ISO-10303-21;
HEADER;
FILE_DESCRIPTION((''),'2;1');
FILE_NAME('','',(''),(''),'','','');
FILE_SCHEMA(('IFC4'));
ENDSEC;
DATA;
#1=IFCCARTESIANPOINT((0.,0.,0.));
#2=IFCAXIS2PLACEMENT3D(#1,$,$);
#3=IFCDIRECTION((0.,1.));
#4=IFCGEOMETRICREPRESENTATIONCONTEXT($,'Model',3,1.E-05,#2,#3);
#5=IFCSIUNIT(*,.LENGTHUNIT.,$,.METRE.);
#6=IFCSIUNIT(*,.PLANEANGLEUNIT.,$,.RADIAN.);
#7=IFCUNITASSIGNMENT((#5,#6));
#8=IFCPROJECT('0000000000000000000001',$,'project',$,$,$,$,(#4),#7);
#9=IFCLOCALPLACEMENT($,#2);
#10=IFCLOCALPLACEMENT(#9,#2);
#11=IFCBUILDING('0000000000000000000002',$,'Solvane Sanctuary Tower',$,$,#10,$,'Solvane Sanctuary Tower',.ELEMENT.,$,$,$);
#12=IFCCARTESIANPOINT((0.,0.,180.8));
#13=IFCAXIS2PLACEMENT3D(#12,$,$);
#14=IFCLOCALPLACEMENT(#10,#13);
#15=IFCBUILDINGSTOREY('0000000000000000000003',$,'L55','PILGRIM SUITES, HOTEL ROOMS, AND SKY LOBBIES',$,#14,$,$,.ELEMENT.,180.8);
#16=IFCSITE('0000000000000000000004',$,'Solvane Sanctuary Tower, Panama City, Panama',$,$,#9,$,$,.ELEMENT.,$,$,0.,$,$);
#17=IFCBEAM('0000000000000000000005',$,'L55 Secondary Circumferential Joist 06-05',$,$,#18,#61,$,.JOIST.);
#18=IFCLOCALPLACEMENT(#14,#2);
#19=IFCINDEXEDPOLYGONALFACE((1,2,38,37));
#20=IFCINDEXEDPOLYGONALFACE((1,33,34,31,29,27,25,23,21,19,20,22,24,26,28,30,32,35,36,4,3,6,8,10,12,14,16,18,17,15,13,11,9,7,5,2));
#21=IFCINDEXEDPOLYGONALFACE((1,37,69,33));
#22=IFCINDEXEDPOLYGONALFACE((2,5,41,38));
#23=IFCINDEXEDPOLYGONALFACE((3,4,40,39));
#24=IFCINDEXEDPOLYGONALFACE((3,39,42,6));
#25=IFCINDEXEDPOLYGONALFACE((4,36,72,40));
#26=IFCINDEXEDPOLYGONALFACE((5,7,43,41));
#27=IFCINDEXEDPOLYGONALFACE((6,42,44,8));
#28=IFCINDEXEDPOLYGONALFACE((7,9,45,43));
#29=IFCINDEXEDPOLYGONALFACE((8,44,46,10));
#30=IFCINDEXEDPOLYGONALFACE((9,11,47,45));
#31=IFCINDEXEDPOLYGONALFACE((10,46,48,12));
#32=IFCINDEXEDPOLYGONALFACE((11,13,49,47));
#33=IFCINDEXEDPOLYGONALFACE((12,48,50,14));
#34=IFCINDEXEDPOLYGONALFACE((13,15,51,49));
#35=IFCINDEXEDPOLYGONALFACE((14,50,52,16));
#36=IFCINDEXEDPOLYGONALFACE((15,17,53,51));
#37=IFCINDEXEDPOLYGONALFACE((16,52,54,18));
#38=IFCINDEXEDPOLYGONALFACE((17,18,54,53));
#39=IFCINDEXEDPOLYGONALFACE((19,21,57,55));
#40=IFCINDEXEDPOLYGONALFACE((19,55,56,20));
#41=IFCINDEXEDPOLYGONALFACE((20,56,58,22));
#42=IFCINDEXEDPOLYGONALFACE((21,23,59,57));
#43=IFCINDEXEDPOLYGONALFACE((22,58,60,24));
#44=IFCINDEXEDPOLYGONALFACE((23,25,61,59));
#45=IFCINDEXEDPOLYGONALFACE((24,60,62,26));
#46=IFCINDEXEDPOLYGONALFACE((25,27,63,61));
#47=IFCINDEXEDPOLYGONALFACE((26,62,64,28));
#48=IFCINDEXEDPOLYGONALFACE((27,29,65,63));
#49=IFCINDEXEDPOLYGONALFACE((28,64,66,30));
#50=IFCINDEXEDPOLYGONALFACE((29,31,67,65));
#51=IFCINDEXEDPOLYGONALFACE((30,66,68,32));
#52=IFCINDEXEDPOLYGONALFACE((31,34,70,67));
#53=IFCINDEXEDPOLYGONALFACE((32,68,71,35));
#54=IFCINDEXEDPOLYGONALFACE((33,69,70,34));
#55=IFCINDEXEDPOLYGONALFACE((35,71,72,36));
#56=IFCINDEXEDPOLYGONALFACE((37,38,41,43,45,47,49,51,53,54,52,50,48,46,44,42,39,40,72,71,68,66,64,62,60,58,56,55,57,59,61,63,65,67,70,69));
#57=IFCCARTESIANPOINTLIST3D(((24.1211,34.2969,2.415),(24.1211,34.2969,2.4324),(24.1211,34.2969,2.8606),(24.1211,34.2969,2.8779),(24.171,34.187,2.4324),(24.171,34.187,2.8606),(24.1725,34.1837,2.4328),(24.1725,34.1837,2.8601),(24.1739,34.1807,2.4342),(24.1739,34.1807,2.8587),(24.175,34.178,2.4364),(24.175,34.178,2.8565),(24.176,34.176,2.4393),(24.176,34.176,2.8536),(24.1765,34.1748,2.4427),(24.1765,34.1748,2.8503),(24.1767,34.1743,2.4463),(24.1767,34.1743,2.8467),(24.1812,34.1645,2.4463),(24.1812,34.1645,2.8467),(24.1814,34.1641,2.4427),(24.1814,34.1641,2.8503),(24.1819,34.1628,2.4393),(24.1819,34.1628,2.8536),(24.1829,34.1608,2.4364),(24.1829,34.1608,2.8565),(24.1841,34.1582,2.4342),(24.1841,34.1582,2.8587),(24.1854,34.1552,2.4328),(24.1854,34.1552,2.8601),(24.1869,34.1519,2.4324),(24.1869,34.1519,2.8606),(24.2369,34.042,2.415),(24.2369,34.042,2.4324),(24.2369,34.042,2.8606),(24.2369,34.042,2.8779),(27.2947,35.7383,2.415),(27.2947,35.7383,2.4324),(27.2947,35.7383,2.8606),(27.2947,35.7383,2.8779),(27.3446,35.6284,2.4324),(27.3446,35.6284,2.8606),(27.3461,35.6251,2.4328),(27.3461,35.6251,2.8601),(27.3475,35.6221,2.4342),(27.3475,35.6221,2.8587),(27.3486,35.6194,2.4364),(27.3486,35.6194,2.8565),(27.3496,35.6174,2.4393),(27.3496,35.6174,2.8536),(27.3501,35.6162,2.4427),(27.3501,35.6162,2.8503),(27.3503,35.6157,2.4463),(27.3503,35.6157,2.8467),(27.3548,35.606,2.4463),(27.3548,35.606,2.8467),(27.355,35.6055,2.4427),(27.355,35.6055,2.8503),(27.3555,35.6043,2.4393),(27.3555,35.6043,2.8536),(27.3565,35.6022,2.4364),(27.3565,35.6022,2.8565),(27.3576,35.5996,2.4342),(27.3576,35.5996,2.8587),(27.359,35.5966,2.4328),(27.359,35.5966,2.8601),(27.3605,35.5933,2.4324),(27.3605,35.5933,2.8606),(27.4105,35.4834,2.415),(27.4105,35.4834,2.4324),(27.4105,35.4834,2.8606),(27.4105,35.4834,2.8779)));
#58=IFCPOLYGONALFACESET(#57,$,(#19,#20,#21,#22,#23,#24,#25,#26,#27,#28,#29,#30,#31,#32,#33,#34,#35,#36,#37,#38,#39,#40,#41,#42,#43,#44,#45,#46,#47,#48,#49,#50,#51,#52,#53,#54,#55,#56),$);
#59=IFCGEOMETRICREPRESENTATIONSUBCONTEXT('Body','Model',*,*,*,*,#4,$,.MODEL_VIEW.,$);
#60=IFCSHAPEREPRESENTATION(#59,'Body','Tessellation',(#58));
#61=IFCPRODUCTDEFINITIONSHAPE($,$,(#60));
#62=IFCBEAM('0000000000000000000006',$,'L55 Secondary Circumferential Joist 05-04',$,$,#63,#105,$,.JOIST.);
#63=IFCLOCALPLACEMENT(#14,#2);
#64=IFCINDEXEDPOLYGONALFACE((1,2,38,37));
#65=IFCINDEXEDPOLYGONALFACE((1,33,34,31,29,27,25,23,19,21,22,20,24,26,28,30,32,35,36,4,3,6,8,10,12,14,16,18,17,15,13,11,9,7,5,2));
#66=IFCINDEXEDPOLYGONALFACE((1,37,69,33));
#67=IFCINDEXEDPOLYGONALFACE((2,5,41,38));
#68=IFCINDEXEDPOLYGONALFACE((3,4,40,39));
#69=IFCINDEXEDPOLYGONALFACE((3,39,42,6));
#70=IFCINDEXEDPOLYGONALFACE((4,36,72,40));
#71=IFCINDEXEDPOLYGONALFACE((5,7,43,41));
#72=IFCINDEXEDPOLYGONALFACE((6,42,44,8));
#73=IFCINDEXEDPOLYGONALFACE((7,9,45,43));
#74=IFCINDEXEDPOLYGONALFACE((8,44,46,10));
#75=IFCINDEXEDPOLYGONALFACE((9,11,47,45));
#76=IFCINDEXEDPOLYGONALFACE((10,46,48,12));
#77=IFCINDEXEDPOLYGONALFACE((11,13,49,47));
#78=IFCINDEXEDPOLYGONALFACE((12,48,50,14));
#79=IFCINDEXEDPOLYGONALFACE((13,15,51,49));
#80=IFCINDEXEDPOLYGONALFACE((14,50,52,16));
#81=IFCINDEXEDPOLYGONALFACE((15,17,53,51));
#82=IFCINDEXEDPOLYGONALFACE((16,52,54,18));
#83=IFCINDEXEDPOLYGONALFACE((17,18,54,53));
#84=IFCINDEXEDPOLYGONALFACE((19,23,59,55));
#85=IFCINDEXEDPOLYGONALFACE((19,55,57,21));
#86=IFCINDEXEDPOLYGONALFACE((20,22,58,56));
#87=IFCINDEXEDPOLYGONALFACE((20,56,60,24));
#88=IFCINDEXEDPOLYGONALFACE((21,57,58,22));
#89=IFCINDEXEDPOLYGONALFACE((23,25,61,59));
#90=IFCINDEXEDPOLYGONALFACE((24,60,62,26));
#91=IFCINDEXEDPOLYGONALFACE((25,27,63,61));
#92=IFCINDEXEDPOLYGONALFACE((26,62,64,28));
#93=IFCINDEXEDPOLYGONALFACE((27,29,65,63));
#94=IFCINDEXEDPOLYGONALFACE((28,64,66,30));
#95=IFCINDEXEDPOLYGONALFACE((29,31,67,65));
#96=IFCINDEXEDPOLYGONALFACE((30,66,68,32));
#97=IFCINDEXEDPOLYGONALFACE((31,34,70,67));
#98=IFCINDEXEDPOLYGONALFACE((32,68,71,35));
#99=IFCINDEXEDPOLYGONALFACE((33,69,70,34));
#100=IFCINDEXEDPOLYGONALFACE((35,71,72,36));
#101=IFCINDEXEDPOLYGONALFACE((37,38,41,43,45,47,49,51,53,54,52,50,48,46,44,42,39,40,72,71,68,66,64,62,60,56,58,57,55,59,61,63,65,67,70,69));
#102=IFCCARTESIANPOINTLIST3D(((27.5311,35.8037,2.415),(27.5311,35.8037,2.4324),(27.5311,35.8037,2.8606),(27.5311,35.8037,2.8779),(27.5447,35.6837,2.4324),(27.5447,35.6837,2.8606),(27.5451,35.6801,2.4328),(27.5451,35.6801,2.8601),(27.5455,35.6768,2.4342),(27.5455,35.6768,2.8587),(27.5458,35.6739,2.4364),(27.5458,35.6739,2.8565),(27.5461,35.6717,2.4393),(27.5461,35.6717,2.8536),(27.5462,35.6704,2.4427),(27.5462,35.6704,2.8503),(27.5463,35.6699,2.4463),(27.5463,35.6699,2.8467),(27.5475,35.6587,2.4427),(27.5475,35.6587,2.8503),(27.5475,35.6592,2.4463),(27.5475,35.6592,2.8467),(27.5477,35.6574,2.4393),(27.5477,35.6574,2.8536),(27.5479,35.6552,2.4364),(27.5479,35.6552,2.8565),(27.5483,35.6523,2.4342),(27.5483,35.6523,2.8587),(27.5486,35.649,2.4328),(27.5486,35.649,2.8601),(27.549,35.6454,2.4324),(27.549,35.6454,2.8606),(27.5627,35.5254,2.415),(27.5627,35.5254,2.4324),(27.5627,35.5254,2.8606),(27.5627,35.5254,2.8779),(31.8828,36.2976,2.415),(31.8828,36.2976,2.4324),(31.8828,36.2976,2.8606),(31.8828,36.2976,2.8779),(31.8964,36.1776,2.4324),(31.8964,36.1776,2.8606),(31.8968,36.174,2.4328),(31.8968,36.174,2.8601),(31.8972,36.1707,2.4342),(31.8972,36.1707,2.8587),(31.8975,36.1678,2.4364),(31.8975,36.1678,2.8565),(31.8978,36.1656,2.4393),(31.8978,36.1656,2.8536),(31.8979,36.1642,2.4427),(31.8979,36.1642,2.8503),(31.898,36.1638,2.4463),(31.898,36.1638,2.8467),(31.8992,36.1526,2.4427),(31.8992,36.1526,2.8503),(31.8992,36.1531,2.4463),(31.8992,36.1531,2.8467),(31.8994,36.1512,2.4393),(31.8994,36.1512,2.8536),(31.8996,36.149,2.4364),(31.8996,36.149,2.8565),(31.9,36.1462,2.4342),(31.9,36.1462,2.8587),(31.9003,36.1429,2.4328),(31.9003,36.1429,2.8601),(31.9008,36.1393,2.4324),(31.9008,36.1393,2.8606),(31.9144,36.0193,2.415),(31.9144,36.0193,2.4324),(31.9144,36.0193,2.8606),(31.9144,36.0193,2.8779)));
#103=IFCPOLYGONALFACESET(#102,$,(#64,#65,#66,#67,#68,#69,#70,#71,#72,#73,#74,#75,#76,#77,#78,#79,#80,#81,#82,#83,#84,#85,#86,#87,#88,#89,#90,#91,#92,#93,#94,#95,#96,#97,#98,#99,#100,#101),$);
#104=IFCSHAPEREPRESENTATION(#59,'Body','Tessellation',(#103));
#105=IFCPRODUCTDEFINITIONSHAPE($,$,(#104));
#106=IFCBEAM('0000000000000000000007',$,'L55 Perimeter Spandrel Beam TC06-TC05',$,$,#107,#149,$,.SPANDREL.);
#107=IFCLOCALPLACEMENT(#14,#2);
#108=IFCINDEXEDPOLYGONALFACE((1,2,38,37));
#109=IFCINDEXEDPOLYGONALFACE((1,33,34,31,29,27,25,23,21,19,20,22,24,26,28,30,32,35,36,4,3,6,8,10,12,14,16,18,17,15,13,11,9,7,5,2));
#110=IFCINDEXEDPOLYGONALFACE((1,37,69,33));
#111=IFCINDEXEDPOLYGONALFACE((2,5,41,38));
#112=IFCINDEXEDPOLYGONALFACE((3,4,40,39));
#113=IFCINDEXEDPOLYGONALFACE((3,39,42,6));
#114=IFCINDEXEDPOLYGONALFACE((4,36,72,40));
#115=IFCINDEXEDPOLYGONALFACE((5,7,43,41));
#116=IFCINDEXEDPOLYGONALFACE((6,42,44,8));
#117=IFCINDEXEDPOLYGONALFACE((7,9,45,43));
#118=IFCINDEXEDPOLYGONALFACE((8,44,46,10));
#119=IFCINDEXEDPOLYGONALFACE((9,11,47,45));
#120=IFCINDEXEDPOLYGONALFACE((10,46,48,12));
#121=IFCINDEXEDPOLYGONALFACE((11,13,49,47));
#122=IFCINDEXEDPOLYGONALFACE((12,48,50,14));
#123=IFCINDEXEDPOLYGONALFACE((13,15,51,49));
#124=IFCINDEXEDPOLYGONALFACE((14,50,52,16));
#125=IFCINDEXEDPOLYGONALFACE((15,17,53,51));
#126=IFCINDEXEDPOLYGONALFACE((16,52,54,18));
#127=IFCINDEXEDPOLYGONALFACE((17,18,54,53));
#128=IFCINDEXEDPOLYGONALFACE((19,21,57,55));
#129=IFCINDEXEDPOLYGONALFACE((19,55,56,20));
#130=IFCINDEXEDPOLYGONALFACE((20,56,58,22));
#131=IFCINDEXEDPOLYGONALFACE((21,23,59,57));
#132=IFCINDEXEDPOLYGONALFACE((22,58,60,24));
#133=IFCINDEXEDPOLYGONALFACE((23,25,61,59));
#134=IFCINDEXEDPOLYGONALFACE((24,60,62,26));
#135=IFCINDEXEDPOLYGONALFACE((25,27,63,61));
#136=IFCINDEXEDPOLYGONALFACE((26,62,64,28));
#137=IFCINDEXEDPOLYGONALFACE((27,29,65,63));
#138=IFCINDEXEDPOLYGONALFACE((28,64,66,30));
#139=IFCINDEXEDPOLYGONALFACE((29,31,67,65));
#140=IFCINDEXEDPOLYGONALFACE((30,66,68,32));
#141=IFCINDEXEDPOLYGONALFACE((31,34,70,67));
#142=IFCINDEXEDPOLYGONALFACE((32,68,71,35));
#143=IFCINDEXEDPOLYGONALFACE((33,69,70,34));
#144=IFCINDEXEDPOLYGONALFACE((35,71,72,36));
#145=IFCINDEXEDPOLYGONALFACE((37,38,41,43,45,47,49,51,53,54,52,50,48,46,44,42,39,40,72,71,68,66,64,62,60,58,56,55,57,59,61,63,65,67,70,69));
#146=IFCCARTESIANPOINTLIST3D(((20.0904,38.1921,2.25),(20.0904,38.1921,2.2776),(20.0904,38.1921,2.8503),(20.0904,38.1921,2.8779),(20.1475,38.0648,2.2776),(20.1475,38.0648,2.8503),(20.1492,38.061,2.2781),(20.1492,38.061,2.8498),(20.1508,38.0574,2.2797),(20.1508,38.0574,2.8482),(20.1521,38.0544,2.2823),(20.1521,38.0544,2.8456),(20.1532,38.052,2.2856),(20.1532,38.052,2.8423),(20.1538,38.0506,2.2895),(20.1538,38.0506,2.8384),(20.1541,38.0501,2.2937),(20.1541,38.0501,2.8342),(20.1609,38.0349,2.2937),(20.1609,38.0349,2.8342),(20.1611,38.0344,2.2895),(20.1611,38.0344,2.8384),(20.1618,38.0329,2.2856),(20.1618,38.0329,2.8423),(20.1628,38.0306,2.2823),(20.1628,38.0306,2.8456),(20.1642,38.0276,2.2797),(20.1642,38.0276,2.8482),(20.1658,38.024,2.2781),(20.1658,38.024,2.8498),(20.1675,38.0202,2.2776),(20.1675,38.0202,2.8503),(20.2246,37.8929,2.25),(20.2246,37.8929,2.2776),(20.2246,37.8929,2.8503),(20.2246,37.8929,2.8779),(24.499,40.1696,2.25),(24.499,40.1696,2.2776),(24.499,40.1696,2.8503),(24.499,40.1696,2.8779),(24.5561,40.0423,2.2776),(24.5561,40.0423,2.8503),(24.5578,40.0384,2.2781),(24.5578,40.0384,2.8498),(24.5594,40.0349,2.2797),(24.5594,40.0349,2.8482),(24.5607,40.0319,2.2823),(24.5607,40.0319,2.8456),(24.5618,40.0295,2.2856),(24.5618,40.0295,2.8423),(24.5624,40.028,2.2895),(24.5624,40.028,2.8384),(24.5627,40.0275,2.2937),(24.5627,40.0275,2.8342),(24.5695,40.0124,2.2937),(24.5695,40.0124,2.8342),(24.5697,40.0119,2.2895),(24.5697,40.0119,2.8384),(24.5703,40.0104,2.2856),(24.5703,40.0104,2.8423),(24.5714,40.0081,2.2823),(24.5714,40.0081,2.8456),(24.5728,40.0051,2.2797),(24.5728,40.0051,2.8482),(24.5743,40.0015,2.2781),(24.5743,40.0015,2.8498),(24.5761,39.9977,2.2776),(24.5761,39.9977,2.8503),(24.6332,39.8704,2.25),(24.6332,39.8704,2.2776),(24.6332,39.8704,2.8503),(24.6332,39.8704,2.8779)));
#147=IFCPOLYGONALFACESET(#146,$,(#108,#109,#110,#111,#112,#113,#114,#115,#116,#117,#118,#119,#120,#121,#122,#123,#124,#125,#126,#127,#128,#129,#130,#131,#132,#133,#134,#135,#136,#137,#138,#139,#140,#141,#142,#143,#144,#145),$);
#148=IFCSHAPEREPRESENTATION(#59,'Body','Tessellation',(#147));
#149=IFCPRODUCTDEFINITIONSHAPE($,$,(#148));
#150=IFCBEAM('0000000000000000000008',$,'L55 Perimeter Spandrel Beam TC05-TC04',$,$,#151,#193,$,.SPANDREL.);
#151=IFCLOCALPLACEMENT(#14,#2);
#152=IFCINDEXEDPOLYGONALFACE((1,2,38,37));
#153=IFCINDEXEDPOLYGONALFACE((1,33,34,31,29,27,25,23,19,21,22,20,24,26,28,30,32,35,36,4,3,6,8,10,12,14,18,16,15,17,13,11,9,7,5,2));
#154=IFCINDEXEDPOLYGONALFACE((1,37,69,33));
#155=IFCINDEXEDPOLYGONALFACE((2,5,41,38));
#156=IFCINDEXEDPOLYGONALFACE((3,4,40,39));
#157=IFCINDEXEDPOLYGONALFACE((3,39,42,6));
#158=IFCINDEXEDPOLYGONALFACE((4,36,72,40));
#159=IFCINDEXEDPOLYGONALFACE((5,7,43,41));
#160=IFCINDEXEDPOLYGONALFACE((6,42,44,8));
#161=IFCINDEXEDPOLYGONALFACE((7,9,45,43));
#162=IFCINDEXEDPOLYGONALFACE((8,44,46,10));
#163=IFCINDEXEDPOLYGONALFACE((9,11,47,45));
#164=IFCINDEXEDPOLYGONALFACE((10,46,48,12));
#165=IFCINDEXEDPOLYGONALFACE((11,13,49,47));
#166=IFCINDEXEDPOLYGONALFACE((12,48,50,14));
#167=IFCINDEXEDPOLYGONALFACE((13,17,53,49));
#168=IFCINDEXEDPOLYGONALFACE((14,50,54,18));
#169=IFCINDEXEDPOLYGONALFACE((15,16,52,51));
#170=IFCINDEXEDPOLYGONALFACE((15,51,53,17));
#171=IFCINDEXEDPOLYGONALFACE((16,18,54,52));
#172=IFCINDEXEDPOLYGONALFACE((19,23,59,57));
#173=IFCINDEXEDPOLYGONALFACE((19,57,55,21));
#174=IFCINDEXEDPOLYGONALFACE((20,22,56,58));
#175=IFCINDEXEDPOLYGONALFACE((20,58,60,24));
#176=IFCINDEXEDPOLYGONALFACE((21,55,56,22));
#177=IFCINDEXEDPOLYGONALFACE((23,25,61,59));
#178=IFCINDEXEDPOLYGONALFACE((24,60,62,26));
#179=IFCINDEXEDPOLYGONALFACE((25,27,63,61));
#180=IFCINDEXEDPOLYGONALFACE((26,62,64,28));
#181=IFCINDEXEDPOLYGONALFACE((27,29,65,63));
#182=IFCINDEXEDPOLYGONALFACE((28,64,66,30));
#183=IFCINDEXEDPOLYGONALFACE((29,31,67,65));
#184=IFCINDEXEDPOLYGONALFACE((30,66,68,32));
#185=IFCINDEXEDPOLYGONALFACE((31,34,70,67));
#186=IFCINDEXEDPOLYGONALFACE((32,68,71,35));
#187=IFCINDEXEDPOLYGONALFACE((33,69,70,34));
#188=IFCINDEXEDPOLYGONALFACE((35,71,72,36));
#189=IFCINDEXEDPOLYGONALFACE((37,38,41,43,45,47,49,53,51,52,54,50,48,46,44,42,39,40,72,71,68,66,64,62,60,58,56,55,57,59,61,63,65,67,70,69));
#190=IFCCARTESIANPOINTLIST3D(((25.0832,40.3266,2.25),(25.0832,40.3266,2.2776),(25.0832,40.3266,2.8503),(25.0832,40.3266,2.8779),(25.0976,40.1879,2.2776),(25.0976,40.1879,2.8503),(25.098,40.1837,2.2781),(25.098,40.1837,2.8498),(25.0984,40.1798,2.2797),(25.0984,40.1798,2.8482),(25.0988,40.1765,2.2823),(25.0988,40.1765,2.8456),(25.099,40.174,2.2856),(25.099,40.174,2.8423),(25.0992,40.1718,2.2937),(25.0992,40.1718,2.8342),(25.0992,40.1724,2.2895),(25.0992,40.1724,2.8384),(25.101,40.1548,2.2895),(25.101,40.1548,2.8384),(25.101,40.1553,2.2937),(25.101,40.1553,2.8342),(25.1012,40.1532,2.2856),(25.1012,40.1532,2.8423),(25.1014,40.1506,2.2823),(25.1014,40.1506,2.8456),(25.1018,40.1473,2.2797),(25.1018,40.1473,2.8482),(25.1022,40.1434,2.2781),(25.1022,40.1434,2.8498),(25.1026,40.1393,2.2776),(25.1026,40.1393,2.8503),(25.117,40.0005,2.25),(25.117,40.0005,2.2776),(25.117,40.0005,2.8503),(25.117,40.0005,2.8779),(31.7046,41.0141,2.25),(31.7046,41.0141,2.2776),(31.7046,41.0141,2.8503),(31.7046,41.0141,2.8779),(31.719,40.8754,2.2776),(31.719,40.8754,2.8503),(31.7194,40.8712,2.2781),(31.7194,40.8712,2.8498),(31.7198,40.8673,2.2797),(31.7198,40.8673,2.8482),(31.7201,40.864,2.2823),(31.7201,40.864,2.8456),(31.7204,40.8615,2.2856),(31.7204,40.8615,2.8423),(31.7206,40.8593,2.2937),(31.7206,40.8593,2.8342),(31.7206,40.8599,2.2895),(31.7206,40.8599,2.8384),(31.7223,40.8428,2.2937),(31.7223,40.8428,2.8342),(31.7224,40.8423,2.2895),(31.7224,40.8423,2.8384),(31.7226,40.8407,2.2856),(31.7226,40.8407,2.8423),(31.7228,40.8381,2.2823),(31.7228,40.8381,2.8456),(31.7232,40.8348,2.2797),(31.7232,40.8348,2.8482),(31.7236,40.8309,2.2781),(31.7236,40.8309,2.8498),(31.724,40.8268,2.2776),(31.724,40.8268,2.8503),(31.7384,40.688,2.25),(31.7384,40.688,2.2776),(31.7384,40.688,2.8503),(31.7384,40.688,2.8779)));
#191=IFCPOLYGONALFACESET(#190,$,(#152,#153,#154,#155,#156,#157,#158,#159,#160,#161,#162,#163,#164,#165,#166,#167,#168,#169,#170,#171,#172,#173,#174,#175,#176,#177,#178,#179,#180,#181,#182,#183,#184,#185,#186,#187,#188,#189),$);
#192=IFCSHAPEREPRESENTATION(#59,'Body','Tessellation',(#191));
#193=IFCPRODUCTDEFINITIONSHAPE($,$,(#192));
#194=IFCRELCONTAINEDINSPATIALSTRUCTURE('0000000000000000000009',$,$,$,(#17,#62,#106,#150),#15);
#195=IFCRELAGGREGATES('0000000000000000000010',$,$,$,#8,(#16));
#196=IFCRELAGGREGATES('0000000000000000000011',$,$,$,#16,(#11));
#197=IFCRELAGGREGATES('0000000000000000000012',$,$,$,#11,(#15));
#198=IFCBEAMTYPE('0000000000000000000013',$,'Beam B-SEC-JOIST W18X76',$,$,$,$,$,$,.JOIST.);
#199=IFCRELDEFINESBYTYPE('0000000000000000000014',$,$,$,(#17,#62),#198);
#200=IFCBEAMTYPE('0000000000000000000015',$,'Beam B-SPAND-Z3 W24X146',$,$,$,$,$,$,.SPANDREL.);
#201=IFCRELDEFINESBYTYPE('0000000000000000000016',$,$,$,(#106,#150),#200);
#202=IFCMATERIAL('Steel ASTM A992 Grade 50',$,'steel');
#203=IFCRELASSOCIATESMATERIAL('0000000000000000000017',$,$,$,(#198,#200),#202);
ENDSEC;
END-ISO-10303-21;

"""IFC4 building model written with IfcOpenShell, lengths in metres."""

from ifc_helpers import new_model, si_unit, direction, frame, origin, origin_2d, place, context, subcontext, project, spatial, i_section, extrude, material, material_profile, profile_set, type_object, element, save


model = new_model("IFC4")

# Units and contexts
model_context = context("Model", 3, precision=1e-05, world=origin(), true_north=direction((0.0, 1.0)))
body_context = subcontext(model_context, "Body", "Model", "MODEL_VIEW")
ifc_project = project(units=[si_unit("LENGTHUNIT", "METRE"), si_unit("PLANEANGLEUNIT", "RADIAN")], contexts=[model_context])

# Site, building, storey
site_placement = place(None, origin())
site = spatial("IfcSite", under=ifc_project, at=site_placement, Name="Solvane Sanctuary Tower, Panama City, Panama", CompositionType="ELEMENT", RefElevation=0.0)
building_placement = place(site_placement, origin())
building = spatial("IfcBuilding", under=site, at=building_placement, Name="Solvane Sanctuary Tower", LongName="Solvane Sanctuary Tower", CompositionType="ELEMENT")
storey_placement = place(building_placement, frame((0.0, 0.0, 180.8)))
storey = spatial("IfcBuildingStorey", under=building, at=storey_placement, Name="L55", Description="PILGRIM SUITES, HOTEL ROOMS, AND SKY LOBBIES", CompositionType="ELEMENT", Elevation=180.8)

# Beams
ifc_material_1 = material(Name="Steel ASTM A992 Grade 50", Category="steel")
ifc_material_profile_1 = material_profile(ifc_material_1, i_section(OverallWidth=0.28, OverallDepth=0.4629, WebThickness=0.0107, FlangeThickness=0.0173, FilletRadius=0.0139, at=origin_2d()), Name="W18X76")
ifc_profile_set_1 = profile_set([ifc_material_profile_1], Name="Steel ASTM A992 Grade 50")
beam_type_1 = type_object("IfcBeamType", Name="Beam B-SEC-JOIST W18X76", PredefinedType="JOIST", material=ifc_profile_set_1)
beam_1_placement = place(storey_placement, frame((24.179, 34.1694, 2.6465), z_axis=(0.910489, 0.413534, 0.0), x_axis=(-0.413534, 0.910489, 0.0)))
element("IfcBeam", 1, at=beam_1_placement, inside=storey, type_object=beam_type_1, Name="L55 Secondary Circumferential Joist 06-05", PredefinedType="JOIST", context=body_context, shape_type="SweptSolid", body=[
    extrude(i_section(OverallWidth=0.28, OverallDepth=0.4629, WebThickness=0.0107, FlangeThickness=0.0173, FilletRadius=0.0139, at=origin_2d()), origin(), (0.0, 0.0, 1.0), 3.4856),
])
beam_2_placement = place(storey_placement, frame((27.5469, 35.6646, 2.6465), z_axis=(0.993621, 0.112768, 0.0), x_axis=(-0.112768, 0.993621, 0.0)))
element("IfcBeam", 2, at=beam_2_placement, inside=storey, type_object=beam_type_1, Name="L55 Secondary Circumferential Joist 05-04", PredefinedType="JOIST", context=body_context, shape_type="SweptSolid", body=[
    extrude(i_section(OverallWidth=0.28, OverallDepth=0.4629, WebThickness=0.0107, FlangeThickness=0.0173, FilletRadius=0.0139, at=origin_2d()), origin(), (0.0, 0.0, 1.0), 4.3796),
])
ifc_material_profile_2 = material_profile(ifc_material_1, i_section(OverallWidth=0.3279, OverallDepth=0.6279, WebThickness=0.0166, FlangeThickness=0.0276, FilletRadius=0.0161, at=origin_2d()), Name="W24X146")
ifc_profile_set_2 = profile_set([ifc_material_profile_2], Name="Steel ASTM A992 Grade 50")
beam_type_2 = type_object("IfcBeamType", Name="Beam B-SPAND-Z3 W24X146", PredefinedType="SPANDREL", material=ifc_profile_set_2)
beam_3_placement = place(storey_placement, frame((20.1575, 38.0425, 2.564), z_axis=(0.912414, 0.409268, 0.0), x_axis=(-0.409268, 0.912414, 0.0)))
element("IfcBeam", 3, at=beam_3_placement, inside=storey, type_object=beam_type_2, Name="L55 Perimeter Spandrel Beam TC06-TC05", PredefinedType="SPANDREL", context=body_context, shape_type="SweptSolid", body=[
    extrude(i_section(OverallWidth=0.3279, OverallDepth=0.6279, WebThickness=0.0166, FlangeThickness=0.0276, FilletRadius=0.0161, at=origin_2d()), origin(), (0.0, 0.0, 1.0), 4.8318),
])
beam_4_placement = place(storey_placement, frame((25.1001, 40.1636, 2.564), z_axis=(0.994653, 0.103276, 0.0), x_axis=(-0.103276, 0.994653, 0.0)))
element("IfcBeam", 4, at=beam_4_placement, inside=storey, type_object=beam_type_2, Name="L55 Perimeter Spandrel Beam TC05-TC04", PredefinedType="SPANDREL", context=body_context, shape_type="SweptSolid", body=[
    extrude(i_section(OverallWidth=0.3279, OverallDepth=0.6279, WebThickness=0.0166, FlangeThickness=0.0276, FilletRadius=0.0161, at=origin_2d()), origin(), (0.0, 0.0, 1.0), 6.657),
])

save(model, "model.ifc")
